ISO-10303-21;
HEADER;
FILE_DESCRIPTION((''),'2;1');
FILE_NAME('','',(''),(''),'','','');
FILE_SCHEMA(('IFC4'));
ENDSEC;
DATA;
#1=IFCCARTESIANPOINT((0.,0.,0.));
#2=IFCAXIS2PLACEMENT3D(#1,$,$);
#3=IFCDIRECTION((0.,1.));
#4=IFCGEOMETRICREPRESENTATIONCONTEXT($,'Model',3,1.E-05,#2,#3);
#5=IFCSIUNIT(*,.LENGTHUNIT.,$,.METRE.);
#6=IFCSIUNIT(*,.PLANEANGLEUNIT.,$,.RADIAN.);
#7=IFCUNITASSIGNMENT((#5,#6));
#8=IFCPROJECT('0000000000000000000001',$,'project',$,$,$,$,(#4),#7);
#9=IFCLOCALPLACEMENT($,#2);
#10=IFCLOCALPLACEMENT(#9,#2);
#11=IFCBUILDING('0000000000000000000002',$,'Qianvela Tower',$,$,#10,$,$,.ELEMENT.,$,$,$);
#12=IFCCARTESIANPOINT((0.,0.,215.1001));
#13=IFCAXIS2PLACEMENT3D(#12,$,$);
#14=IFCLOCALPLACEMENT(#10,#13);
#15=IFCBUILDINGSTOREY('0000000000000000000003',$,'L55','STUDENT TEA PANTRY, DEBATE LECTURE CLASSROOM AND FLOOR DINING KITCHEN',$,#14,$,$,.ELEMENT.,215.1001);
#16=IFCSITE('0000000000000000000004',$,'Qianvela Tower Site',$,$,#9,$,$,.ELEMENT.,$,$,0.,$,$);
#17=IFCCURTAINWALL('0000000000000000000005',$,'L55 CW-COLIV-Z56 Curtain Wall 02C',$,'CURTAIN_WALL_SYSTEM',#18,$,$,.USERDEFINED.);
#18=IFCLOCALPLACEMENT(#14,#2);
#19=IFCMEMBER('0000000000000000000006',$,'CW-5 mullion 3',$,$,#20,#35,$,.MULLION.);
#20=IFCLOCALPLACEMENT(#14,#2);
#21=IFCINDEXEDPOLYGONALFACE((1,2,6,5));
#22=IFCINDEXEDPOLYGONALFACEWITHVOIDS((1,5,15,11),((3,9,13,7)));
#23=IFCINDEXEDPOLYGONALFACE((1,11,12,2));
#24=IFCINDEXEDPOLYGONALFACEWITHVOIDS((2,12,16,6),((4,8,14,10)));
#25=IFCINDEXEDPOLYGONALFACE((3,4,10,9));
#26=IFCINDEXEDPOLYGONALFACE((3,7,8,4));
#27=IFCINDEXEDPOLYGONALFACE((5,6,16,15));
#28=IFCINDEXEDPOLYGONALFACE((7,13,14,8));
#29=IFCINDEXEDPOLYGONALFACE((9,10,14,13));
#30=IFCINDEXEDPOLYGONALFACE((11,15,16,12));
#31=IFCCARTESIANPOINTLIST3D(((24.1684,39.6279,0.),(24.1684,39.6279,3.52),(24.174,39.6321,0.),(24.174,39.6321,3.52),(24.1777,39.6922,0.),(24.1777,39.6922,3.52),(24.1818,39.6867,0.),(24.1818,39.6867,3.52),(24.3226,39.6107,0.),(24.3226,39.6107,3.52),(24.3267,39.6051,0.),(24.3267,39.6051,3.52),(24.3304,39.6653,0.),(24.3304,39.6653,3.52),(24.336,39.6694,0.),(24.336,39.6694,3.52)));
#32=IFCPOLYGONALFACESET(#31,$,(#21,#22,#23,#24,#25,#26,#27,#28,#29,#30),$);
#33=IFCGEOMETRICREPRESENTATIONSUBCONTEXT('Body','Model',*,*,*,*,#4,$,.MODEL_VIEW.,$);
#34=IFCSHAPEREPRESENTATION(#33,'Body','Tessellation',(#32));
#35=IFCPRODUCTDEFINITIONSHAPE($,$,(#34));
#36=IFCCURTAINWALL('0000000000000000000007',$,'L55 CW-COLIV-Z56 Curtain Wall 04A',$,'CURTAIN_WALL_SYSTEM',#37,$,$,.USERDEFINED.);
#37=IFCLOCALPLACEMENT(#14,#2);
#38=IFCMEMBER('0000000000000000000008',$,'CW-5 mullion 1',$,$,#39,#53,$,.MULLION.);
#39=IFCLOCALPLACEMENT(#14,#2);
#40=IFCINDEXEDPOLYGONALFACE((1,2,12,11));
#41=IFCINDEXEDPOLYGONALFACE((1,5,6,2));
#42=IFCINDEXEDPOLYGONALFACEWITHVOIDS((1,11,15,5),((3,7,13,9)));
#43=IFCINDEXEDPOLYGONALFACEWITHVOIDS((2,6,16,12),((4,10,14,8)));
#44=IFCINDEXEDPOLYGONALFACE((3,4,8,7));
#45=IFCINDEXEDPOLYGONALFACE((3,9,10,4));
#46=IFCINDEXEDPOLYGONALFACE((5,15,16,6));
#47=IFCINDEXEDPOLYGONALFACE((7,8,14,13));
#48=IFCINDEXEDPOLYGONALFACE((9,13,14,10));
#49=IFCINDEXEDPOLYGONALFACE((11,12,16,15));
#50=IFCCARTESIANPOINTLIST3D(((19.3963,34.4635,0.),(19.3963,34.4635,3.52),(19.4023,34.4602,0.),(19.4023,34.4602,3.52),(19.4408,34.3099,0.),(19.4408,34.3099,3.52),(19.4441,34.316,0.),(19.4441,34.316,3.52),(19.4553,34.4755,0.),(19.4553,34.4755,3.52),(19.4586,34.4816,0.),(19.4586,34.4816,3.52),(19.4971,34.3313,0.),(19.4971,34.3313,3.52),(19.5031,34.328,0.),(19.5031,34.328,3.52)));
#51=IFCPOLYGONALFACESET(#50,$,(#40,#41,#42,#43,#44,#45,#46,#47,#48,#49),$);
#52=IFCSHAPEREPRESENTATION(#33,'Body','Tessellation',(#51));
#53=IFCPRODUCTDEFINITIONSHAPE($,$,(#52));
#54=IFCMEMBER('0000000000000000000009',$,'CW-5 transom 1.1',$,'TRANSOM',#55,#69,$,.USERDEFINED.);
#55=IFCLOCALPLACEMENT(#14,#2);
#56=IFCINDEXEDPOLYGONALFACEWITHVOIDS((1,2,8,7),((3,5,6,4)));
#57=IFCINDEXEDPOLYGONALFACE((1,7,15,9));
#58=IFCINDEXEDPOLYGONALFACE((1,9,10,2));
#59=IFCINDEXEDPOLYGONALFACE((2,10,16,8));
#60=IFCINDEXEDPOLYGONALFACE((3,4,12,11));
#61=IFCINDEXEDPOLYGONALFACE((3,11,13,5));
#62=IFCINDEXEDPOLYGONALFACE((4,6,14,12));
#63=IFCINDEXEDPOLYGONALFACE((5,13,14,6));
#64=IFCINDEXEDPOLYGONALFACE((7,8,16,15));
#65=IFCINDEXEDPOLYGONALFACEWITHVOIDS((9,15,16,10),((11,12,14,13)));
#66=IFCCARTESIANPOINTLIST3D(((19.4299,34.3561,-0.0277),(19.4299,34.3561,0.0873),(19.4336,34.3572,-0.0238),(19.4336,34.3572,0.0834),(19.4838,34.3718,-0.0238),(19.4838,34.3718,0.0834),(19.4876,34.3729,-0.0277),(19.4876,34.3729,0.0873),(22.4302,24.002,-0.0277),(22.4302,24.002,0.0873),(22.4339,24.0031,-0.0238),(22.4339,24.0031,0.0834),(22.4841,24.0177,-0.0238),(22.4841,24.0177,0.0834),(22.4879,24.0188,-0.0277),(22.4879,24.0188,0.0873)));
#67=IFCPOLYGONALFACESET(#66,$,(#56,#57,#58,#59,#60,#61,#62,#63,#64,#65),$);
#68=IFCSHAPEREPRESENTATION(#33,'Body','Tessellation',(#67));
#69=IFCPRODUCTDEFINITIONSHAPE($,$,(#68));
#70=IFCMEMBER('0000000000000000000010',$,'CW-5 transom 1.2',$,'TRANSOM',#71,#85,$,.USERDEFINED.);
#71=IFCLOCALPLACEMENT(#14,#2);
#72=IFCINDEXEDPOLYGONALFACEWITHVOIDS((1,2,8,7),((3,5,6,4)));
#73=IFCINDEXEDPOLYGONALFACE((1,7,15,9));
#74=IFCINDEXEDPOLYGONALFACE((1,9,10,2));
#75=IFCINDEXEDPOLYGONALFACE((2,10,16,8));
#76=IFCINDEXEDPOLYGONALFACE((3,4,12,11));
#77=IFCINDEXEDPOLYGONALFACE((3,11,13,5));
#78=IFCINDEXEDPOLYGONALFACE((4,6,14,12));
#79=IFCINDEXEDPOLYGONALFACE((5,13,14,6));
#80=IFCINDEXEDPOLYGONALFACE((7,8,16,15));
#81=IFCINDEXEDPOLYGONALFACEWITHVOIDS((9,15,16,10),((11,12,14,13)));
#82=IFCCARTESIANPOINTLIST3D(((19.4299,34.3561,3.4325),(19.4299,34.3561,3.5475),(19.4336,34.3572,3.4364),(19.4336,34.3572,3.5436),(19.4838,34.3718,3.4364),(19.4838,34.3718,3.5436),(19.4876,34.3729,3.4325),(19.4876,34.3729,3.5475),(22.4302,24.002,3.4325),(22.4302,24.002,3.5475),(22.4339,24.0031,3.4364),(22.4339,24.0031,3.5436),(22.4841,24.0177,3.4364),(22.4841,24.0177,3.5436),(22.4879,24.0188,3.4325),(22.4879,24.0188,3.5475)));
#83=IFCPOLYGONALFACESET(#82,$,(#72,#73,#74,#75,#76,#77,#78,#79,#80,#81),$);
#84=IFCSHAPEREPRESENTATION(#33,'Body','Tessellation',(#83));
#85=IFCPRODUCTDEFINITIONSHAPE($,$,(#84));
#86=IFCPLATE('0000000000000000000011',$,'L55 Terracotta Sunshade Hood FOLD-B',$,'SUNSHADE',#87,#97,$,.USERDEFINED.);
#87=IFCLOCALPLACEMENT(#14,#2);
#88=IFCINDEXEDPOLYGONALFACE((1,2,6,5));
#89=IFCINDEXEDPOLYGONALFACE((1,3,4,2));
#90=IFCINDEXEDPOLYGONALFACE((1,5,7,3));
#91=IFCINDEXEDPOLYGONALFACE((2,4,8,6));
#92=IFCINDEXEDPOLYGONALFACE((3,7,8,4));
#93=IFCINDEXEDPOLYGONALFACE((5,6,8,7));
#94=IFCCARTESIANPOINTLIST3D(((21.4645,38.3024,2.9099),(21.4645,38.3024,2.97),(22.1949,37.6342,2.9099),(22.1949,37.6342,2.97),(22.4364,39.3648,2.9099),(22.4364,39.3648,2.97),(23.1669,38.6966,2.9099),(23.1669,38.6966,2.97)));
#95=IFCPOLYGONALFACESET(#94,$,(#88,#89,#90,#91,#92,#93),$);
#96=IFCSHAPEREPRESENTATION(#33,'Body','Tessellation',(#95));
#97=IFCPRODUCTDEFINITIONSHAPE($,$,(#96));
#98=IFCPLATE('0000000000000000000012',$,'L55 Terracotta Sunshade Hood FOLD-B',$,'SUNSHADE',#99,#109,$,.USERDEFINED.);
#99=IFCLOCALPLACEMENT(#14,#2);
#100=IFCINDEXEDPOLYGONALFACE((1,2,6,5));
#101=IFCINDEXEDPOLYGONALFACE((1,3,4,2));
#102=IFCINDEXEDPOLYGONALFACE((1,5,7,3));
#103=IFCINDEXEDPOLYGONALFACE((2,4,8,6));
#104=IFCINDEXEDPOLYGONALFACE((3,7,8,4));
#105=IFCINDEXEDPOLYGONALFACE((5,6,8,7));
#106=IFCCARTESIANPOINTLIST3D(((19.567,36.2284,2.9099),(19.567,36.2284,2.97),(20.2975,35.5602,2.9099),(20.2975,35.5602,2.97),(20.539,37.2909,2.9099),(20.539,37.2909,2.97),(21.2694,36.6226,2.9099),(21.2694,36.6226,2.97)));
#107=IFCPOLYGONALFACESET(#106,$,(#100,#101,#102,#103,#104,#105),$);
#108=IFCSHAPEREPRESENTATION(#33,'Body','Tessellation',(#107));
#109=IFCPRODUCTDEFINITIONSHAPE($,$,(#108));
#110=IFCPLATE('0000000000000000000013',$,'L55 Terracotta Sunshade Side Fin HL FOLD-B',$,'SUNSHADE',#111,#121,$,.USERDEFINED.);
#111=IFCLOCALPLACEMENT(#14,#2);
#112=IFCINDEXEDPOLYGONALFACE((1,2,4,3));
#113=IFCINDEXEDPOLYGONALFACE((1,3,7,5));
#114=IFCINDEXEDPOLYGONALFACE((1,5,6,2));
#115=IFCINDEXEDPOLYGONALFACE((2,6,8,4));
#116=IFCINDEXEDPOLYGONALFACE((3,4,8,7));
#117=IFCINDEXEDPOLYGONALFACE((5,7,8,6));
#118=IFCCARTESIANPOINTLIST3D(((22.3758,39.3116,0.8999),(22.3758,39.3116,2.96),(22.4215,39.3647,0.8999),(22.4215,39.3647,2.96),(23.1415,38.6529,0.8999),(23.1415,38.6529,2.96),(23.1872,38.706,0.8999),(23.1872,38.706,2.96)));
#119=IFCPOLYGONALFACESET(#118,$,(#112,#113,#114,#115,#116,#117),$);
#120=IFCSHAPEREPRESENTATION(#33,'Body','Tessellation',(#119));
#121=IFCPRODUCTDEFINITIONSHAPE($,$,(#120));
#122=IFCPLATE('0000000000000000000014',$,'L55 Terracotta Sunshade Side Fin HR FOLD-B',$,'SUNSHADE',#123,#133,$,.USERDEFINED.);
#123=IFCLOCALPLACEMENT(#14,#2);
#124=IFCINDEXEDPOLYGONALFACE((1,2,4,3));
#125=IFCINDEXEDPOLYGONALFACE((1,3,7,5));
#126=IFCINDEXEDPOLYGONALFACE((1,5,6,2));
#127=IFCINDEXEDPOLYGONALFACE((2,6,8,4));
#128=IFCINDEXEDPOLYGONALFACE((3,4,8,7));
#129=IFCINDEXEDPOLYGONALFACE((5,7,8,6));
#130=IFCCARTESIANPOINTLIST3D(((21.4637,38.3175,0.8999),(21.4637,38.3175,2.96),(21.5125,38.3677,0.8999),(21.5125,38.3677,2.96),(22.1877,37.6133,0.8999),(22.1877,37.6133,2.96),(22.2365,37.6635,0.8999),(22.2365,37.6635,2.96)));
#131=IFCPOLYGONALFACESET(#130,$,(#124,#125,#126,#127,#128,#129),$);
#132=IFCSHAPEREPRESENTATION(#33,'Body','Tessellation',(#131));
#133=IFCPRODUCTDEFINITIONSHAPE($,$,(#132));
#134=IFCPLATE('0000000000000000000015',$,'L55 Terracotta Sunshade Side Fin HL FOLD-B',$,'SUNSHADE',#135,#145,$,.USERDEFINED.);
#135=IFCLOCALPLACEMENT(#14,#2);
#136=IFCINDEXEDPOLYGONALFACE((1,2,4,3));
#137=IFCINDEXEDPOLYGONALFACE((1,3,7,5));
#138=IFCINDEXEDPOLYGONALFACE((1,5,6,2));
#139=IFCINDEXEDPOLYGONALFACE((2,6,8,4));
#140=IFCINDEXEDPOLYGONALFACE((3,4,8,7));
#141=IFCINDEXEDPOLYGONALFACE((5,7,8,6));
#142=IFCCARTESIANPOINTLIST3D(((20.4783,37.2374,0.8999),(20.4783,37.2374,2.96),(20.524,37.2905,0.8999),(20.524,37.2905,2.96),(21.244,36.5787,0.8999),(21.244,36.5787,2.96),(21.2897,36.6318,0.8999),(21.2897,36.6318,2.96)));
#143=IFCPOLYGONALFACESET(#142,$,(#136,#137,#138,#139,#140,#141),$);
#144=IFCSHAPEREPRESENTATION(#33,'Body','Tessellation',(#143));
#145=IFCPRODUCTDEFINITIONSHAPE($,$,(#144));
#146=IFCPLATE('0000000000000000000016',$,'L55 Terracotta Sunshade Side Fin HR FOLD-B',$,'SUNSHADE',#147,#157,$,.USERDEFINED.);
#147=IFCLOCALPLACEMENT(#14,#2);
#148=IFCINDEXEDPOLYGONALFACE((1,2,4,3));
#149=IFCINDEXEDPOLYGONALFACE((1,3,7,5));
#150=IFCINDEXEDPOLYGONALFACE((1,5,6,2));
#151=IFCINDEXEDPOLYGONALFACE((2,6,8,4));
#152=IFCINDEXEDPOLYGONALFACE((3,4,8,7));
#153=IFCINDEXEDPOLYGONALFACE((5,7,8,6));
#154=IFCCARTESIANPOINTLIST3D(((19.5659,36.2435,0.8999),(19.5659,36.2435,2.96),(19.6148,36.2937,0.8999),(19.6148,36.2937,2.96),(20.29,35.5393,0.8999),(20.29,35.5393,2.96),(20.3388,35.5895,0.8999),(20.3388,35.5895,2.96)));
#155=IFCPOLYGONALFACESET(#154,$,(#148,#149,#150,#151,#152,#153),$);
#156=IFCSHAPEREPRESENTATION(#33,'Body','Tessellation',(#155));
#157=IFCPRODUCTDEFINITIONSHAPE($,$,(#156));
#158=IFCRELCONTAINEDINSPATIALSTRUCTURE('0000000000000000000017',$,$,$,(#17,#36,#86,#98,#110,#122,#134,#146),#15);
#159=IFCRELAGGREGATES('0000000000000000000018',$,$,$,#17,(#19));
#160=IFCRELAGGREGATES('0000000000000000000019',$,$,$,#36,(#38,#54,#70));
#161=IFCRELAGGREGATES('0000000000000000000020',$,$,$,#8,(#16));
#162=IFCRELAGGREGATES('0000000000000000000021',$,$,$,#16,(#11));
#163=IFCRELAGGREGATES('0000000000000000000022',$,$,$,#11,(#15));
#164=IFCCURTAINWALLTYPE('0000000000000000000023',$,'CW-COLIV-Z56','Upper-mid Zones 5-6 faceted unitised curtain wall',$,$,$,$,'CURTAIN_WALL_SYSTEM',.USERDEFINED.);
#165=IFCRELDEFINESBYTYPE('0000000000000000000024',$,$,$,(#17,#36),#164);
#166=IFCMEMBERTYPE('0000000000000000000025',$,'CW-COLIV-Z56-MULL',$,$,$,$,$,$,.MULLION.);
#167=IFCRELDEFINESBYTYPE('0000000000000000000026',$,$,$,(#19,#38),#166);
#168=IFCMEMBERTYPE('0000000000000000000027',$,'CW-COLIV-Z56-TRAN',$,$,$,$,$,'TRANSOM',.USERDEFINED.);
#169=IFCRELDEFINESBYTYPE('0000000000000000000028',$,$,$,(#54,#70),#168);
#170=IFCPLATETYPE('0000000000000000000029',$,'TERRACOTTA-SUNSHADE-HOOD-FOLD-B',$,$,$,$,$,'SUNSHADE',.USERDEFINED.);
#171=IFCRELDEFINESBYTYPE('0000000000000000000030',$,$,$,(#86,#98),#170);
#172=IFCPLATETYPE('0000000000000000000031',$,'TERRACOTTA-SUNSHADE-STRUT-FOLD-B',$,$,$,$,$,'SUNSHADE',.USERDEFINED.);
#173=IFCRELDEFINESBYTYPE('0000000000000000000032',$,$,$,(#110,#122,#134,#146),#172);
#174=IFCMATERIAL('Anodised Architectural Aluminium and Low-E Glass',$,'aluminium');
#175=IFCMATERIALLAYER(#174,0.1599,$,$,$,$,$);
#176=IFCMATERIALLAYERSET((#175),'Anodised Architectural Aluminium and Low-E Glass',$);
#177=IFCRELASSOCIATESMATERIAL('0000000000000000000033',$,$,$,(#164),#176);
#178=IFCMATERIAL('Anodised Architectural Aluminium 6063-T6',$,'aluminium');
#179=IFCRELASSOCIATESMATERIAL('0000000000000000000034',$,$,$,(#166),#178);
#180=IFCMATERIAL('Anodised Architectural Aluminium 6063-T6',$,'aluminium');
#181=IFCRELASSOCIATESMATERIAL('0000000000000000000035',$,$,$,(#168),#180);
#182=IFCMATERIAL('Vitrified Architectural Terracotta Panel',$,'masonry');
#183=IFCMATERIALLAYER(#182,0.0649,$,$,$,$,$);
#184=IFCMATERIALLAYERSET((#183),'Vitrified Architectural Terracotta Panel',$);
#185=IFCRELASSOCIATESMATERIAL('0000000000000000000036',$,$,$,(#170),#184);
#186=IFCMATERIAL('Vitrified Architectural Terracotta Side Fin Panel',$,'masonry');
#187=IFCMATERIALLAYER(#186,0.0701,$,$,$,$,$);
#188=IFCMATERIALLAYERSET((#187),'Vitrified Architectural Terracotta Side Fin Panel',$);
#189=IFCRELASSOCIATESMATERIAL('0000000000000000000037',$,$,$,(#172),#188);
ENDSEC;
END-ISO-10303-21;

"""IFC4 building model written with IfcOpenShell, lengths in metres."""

from ifc_helpers import new_model, si_unit, direction, frame, origin, origin_2d, place, context, subcontext, project, spatial, rectangle, hollow_rectangle, extrude, material, layer, layer_set, material_profile, profile_set, type_object, element, aggregate, save


model = new_model("IFC4")

# Units and contexts
model_context = context("Model", 3, precision=1e-05, world=origin(), true_north=direction((0.0, 1.0)))
body_context = subcontext(model_context, "Body", "Model", "MODEL_VIEW")
ifc_project = project(units=[si_unit("LENGTHUNIT", "METRE"), si_unit("PLANEANGLEUNIT", "RADIAN")], contexts=[model_context])

# Site, building, storey
site_placement = place(None, origin())
site = spatial("IfcSite", under=ifc_project, at=site_placement, Name="Qianvela Tower Site", CompositionType="ELEMENT", RefElevation=0.0)
building_placement = place(site_placement, origin())
building = spatial("IfcBuilding", under=site, at=building_placement, Name="Qianvela Tower", CompositionType="ELEMENT")
storey_placement = place(building_placement, frame((0.0, 0.0, 215.1001)))
storey = spatial("IfcBuildingStorey", under=building, at=storey_placement, Name="L55", Description="STUDENT TEA PANTRY, DEBATE LECTURE CLASSROOM AND FLOOR DINING KITCHEN", CompositionType="ELEMENT", Elevation=215.1001)

# Curtain wall, member
ifc_material_1 = material(Name="Anodised Architectural Aluminium and Low-E Glass", Category="aluminium")
ifc_layer_1 = layer(ifc_material_1, 0.1599)
ifc_layer_set_1 = layer_set([ifc_layer_1], Name="Anodised Architectural Aluminium and Low-E Glass")
curtain_wall_type = type_object("IfcCurtainWallType", Name="CW-COLIV-Z56", Description="Upper-mid Zones 5-6 faceted unitised curtain wall", ElementType="CURTAIN_WALL_SYSTEM", PredefinedType="USERDEFINED", material=ifc_layer_set_1)
curtain_wall_1_placement = place(storey_placement, origin())
curtain_wall_1 = element("IfcCurtainWall", 1, at=curtain_wall_1_placement, inside=storey, type_object=curtain_wall_type, Name="L55 CW-COLIV-Z56 Curtain Wall 02C", ObjectType="CURTAIN_WALL_SYSTEM", PredefinedType="USERDEFINED")
ifc_material_2 = material(Name="Anodised Architectural Aluminium 6063-T6", Category="aluminium")
ifc_material_profile_1 = material_profile(ifc_material_2, hollow_rectangle(XDim=0.0649, YDim=0.1599, WallThickness=0.0049, at=origin_2d()), Name="ALU-MULL-65x160")
ifc_profile_set_1 = profile_set([ifc_material_profile_1], Name="Anodised Architectural Aluminium 6063-T6")
member_type_1 = type_object("IfcMemberType", Name="CW-COLIV-Z56-MULL", PredefinedType="MULLION", material=ifc_profile_set_1)
member_1_placement = place(storey_placement, frame((24.2522, 39.6487, 0.0), z_axis=(0.0, 0.0, 1.0), x_axis=(-0.142509, -0.989794, 0.0)))
member_1 = element("IfcMember", 2, at=member_1_placement, type_object=member_type_1, Name="CW-5 mullion 3", PredefinedType="MULLION", context=body_context, shape_type="SweptSolid", body=[
    extrude(hollow_rectangle(XDim=0.0649, YDim=0.1599, WallThickness=0.0049, at=origin_2d()), origin(), (0.0, 0.0, 1.0), 3.52),
])
aggregate(curtain_wall_1, [member_1])

# Curtain wall, members
curtain_wall_2_placement = place(storey_placement, origin())
curtain_wall_2 = element("IfcCurtainWall", 3, at=curtain_wall_2_placement, inside=storey, type_object=curtain_wall_type, Name="L55 CW-COLIV-Z56 Curtain Wall 04A", ObjectType="CURTAIN_WALL_SYSTEM", PredefinedType="USERDEFINED")
member_2_placement = place(storey_placement, frame((19.4497, 34.3958, 0.0), z_axis=(0.0, 0.0, 1.0), x_axis=(0.960487, 0.278323, 0.0)))
member_2 = element("IfcMember", 4, at=member_2_placement, type_object=member_type_1, Name="CW-5 mullion 1", PredefinedType="MULLION", context=body_context, shape_type="SweptSolid", body=[
    extrude(hollow_rectangle(XDim=0.0649, YDim=0.1599, WallThickness=0.0049, at=origin_2d()), origin(), (0.0, 0.0, 1.0), 3.52),
])
ifc_material_3 = material(Name="Anodised Architectural Aluminium 6063-T6", Category="aluminium")
ifc_material_profile_2 = material_profile(ifc_material_3, hollow_rectangle(XDim=0.0601, YDim=0.115, WallThickness=0.0039, at=origin_2d()), Name="ALU-TRAN-60x115")
ifc_profile_set_2 = profile_set([ifc_material_profile_2], Name="Anodised Architectural Aluminium 6063-T6")
member_type_2 = type_object("IfcMemberType", Name="CW-COLIV-Z56-TRAN", ElementType="TRANSOM", PredefinedType="USERDEFINED", material=ifc_profile_set_2)
member_3_placement = place(storey_placement, frame((19.4587, 34.3645, 0.0298), z_axis=(0.278318, -0.960489, 0.0), x_axis=(0.960489, 0.278318, 0.0)))
member_3 = element("IfcMember", 5, at=member_3_placement, type_object=member_type_2, Name="CW-5 transom 1.1", ObjectType="TRANSOM", PredefinedType="USERDEFINED", context=body_context, shape_type="SweptSolid", body=[
    extrude(hollow_rectangle(XDim=0.0601, YDim=0.115, WallThickness=0.0039, at=origin_2d()), origin(), (0.0, 0.0, 1.0), 10.78),
])
member_4_placement = place(storey_placement, frame((19.4587, 34.3645, 3.49), z_axis=(0.278318, -0.960489, 0.0), x_axis=(0.960489, 0.278318, 0.0)))
member_4 = element("IfcMember", 6, at=member_4_placement, type_object=member_type_2, Name="CW-5 transom 1.2", ObjectType="TRANSOM", PredefinedType="USERDEFINED", context=body_context, shape_type="SweptSolid", body=[
    extrude(hollow_rectangle(XDim=0.0601, YDim=0.115, WallThickness=0.0039, at=origin_2d()), origin(), (0.0, 0.0, 1.0), 10.78),
])
aggregate(curtain_wall_2, [member_2, member_3, member_4])

# Plates
ifc_material_4 = material(Name="Vitrified Architectural Terracotta Panel", Category="masonry")
ifc_layer_2 = layer(ifc_material_4, 0.0649)
ifc_layer_set_2 = layer_set([ifc_layer_2], Name="Vitrified Architectural Terracotta Panel")
plate_type_1 = type_object("IfcPlateType", Name="TERRACOTTA-SUNSHADE-HOOD-FOLD-B", ElementType="SUNSHADE", PredefinedType="USERDEFINED", material=ifc_layer_set_2)
for number, where, z_axis, x_axis, name in (
    (7, (22.3157, 38.4995, 2.9099), (0.0, 0.0, 1.0), (-0.674998, -0.737819, 0.0), "L55 Terracotta Sunshade Hood FOLD-B"),
    (8, (20.4182, 36.4255, 2.9099), (0.0, 0.0, 1.0), (-0.674998, -0.737819, 0.0), "L55 Terracotta Sunshade Hood FOLD-B"),
):
    element("IfcPlate", number, at=place(storey_placement, frame(where, z_axis=z_axis, x_axis=x_axis)), inside=storey, type_object=plate_type_1, Name=name, ObjectType="SUNSHADE", PredefinedType="USERDEFINED", context=body_context, shape_type="SweptSolid", body=[
        extrude(rectangle(XDim=1.4399, YDim=0.99, at=origin_2d()), origin(), (0.0, 0.0, 1.0), 0.0601),
    ])
ifc_material_5 = material(Name="Vitrified Architectural Terracotta Side Fin Panel", Category="masonry")
ifc_layer_3 = layer(ifc_material_5, 0.0701)
ifc_layer_set_3 = layer_set([ifc_layer_3], Name="Vitrified Architectural Terracotta Side Fin Panel")
plate_type_2 = type_object("IfcPlateType", Name="TERRACOTTA-SUNSHADE-STRUT-FOLD-B", ElementType="SUNSHADE", PredefinedType="USERDEFINED", material=ifc_layer_set_3)
for number, where, z_axis, x_axis, name in (
    (9, (22.7815, 39.0088, 0.8999), (0.0, 0.0, 1.0), (-0.652151, -0.758089, 0.0), "L55 Terracotta Sunshade Side Fin HL FOLD-B"),
    (10, (21.8501, 37.9905, 0.8999), (0.0, 0.0, 1.0), (-0.697215, -0.716862, 0.0), "L55 Terracotta Sunshade Side Fin HR FOLD-B"),
    (11, (20.884, 36.9346, 0.8999), (0.0, 0.0, 1.0), (-0.652151, -0.758089, 0.0), "L55 Terracotta Sunshade Side Fin HL FOLD-B"),
    (12, (19.9524, 35.9165, 0.8999), (0.0, 0.0, 1.0), (-0.697215, -0.716862, 0.0), "L55 Terracotta Sunshade Side Fin HR FOLD-B"),
):
    element("IfcPlate", number, at=place(storey_placement, frame(where, z_axis=z_axis, x_axis=x_axis)), inside=storey, type_object=plate_type_2, Name=name, ObjectType="SUNSHADE", PredefinedType="USERDEFINED", context=body_context, shape_type="SweptSolid", body=[
        extrude(rectangle(XDim=0.0701, YDim=1.01, at=origin_2d()), origin(), (0.0, 0.0, 1.0), 2.0601),
    ])

save(model, "model.ifc")
